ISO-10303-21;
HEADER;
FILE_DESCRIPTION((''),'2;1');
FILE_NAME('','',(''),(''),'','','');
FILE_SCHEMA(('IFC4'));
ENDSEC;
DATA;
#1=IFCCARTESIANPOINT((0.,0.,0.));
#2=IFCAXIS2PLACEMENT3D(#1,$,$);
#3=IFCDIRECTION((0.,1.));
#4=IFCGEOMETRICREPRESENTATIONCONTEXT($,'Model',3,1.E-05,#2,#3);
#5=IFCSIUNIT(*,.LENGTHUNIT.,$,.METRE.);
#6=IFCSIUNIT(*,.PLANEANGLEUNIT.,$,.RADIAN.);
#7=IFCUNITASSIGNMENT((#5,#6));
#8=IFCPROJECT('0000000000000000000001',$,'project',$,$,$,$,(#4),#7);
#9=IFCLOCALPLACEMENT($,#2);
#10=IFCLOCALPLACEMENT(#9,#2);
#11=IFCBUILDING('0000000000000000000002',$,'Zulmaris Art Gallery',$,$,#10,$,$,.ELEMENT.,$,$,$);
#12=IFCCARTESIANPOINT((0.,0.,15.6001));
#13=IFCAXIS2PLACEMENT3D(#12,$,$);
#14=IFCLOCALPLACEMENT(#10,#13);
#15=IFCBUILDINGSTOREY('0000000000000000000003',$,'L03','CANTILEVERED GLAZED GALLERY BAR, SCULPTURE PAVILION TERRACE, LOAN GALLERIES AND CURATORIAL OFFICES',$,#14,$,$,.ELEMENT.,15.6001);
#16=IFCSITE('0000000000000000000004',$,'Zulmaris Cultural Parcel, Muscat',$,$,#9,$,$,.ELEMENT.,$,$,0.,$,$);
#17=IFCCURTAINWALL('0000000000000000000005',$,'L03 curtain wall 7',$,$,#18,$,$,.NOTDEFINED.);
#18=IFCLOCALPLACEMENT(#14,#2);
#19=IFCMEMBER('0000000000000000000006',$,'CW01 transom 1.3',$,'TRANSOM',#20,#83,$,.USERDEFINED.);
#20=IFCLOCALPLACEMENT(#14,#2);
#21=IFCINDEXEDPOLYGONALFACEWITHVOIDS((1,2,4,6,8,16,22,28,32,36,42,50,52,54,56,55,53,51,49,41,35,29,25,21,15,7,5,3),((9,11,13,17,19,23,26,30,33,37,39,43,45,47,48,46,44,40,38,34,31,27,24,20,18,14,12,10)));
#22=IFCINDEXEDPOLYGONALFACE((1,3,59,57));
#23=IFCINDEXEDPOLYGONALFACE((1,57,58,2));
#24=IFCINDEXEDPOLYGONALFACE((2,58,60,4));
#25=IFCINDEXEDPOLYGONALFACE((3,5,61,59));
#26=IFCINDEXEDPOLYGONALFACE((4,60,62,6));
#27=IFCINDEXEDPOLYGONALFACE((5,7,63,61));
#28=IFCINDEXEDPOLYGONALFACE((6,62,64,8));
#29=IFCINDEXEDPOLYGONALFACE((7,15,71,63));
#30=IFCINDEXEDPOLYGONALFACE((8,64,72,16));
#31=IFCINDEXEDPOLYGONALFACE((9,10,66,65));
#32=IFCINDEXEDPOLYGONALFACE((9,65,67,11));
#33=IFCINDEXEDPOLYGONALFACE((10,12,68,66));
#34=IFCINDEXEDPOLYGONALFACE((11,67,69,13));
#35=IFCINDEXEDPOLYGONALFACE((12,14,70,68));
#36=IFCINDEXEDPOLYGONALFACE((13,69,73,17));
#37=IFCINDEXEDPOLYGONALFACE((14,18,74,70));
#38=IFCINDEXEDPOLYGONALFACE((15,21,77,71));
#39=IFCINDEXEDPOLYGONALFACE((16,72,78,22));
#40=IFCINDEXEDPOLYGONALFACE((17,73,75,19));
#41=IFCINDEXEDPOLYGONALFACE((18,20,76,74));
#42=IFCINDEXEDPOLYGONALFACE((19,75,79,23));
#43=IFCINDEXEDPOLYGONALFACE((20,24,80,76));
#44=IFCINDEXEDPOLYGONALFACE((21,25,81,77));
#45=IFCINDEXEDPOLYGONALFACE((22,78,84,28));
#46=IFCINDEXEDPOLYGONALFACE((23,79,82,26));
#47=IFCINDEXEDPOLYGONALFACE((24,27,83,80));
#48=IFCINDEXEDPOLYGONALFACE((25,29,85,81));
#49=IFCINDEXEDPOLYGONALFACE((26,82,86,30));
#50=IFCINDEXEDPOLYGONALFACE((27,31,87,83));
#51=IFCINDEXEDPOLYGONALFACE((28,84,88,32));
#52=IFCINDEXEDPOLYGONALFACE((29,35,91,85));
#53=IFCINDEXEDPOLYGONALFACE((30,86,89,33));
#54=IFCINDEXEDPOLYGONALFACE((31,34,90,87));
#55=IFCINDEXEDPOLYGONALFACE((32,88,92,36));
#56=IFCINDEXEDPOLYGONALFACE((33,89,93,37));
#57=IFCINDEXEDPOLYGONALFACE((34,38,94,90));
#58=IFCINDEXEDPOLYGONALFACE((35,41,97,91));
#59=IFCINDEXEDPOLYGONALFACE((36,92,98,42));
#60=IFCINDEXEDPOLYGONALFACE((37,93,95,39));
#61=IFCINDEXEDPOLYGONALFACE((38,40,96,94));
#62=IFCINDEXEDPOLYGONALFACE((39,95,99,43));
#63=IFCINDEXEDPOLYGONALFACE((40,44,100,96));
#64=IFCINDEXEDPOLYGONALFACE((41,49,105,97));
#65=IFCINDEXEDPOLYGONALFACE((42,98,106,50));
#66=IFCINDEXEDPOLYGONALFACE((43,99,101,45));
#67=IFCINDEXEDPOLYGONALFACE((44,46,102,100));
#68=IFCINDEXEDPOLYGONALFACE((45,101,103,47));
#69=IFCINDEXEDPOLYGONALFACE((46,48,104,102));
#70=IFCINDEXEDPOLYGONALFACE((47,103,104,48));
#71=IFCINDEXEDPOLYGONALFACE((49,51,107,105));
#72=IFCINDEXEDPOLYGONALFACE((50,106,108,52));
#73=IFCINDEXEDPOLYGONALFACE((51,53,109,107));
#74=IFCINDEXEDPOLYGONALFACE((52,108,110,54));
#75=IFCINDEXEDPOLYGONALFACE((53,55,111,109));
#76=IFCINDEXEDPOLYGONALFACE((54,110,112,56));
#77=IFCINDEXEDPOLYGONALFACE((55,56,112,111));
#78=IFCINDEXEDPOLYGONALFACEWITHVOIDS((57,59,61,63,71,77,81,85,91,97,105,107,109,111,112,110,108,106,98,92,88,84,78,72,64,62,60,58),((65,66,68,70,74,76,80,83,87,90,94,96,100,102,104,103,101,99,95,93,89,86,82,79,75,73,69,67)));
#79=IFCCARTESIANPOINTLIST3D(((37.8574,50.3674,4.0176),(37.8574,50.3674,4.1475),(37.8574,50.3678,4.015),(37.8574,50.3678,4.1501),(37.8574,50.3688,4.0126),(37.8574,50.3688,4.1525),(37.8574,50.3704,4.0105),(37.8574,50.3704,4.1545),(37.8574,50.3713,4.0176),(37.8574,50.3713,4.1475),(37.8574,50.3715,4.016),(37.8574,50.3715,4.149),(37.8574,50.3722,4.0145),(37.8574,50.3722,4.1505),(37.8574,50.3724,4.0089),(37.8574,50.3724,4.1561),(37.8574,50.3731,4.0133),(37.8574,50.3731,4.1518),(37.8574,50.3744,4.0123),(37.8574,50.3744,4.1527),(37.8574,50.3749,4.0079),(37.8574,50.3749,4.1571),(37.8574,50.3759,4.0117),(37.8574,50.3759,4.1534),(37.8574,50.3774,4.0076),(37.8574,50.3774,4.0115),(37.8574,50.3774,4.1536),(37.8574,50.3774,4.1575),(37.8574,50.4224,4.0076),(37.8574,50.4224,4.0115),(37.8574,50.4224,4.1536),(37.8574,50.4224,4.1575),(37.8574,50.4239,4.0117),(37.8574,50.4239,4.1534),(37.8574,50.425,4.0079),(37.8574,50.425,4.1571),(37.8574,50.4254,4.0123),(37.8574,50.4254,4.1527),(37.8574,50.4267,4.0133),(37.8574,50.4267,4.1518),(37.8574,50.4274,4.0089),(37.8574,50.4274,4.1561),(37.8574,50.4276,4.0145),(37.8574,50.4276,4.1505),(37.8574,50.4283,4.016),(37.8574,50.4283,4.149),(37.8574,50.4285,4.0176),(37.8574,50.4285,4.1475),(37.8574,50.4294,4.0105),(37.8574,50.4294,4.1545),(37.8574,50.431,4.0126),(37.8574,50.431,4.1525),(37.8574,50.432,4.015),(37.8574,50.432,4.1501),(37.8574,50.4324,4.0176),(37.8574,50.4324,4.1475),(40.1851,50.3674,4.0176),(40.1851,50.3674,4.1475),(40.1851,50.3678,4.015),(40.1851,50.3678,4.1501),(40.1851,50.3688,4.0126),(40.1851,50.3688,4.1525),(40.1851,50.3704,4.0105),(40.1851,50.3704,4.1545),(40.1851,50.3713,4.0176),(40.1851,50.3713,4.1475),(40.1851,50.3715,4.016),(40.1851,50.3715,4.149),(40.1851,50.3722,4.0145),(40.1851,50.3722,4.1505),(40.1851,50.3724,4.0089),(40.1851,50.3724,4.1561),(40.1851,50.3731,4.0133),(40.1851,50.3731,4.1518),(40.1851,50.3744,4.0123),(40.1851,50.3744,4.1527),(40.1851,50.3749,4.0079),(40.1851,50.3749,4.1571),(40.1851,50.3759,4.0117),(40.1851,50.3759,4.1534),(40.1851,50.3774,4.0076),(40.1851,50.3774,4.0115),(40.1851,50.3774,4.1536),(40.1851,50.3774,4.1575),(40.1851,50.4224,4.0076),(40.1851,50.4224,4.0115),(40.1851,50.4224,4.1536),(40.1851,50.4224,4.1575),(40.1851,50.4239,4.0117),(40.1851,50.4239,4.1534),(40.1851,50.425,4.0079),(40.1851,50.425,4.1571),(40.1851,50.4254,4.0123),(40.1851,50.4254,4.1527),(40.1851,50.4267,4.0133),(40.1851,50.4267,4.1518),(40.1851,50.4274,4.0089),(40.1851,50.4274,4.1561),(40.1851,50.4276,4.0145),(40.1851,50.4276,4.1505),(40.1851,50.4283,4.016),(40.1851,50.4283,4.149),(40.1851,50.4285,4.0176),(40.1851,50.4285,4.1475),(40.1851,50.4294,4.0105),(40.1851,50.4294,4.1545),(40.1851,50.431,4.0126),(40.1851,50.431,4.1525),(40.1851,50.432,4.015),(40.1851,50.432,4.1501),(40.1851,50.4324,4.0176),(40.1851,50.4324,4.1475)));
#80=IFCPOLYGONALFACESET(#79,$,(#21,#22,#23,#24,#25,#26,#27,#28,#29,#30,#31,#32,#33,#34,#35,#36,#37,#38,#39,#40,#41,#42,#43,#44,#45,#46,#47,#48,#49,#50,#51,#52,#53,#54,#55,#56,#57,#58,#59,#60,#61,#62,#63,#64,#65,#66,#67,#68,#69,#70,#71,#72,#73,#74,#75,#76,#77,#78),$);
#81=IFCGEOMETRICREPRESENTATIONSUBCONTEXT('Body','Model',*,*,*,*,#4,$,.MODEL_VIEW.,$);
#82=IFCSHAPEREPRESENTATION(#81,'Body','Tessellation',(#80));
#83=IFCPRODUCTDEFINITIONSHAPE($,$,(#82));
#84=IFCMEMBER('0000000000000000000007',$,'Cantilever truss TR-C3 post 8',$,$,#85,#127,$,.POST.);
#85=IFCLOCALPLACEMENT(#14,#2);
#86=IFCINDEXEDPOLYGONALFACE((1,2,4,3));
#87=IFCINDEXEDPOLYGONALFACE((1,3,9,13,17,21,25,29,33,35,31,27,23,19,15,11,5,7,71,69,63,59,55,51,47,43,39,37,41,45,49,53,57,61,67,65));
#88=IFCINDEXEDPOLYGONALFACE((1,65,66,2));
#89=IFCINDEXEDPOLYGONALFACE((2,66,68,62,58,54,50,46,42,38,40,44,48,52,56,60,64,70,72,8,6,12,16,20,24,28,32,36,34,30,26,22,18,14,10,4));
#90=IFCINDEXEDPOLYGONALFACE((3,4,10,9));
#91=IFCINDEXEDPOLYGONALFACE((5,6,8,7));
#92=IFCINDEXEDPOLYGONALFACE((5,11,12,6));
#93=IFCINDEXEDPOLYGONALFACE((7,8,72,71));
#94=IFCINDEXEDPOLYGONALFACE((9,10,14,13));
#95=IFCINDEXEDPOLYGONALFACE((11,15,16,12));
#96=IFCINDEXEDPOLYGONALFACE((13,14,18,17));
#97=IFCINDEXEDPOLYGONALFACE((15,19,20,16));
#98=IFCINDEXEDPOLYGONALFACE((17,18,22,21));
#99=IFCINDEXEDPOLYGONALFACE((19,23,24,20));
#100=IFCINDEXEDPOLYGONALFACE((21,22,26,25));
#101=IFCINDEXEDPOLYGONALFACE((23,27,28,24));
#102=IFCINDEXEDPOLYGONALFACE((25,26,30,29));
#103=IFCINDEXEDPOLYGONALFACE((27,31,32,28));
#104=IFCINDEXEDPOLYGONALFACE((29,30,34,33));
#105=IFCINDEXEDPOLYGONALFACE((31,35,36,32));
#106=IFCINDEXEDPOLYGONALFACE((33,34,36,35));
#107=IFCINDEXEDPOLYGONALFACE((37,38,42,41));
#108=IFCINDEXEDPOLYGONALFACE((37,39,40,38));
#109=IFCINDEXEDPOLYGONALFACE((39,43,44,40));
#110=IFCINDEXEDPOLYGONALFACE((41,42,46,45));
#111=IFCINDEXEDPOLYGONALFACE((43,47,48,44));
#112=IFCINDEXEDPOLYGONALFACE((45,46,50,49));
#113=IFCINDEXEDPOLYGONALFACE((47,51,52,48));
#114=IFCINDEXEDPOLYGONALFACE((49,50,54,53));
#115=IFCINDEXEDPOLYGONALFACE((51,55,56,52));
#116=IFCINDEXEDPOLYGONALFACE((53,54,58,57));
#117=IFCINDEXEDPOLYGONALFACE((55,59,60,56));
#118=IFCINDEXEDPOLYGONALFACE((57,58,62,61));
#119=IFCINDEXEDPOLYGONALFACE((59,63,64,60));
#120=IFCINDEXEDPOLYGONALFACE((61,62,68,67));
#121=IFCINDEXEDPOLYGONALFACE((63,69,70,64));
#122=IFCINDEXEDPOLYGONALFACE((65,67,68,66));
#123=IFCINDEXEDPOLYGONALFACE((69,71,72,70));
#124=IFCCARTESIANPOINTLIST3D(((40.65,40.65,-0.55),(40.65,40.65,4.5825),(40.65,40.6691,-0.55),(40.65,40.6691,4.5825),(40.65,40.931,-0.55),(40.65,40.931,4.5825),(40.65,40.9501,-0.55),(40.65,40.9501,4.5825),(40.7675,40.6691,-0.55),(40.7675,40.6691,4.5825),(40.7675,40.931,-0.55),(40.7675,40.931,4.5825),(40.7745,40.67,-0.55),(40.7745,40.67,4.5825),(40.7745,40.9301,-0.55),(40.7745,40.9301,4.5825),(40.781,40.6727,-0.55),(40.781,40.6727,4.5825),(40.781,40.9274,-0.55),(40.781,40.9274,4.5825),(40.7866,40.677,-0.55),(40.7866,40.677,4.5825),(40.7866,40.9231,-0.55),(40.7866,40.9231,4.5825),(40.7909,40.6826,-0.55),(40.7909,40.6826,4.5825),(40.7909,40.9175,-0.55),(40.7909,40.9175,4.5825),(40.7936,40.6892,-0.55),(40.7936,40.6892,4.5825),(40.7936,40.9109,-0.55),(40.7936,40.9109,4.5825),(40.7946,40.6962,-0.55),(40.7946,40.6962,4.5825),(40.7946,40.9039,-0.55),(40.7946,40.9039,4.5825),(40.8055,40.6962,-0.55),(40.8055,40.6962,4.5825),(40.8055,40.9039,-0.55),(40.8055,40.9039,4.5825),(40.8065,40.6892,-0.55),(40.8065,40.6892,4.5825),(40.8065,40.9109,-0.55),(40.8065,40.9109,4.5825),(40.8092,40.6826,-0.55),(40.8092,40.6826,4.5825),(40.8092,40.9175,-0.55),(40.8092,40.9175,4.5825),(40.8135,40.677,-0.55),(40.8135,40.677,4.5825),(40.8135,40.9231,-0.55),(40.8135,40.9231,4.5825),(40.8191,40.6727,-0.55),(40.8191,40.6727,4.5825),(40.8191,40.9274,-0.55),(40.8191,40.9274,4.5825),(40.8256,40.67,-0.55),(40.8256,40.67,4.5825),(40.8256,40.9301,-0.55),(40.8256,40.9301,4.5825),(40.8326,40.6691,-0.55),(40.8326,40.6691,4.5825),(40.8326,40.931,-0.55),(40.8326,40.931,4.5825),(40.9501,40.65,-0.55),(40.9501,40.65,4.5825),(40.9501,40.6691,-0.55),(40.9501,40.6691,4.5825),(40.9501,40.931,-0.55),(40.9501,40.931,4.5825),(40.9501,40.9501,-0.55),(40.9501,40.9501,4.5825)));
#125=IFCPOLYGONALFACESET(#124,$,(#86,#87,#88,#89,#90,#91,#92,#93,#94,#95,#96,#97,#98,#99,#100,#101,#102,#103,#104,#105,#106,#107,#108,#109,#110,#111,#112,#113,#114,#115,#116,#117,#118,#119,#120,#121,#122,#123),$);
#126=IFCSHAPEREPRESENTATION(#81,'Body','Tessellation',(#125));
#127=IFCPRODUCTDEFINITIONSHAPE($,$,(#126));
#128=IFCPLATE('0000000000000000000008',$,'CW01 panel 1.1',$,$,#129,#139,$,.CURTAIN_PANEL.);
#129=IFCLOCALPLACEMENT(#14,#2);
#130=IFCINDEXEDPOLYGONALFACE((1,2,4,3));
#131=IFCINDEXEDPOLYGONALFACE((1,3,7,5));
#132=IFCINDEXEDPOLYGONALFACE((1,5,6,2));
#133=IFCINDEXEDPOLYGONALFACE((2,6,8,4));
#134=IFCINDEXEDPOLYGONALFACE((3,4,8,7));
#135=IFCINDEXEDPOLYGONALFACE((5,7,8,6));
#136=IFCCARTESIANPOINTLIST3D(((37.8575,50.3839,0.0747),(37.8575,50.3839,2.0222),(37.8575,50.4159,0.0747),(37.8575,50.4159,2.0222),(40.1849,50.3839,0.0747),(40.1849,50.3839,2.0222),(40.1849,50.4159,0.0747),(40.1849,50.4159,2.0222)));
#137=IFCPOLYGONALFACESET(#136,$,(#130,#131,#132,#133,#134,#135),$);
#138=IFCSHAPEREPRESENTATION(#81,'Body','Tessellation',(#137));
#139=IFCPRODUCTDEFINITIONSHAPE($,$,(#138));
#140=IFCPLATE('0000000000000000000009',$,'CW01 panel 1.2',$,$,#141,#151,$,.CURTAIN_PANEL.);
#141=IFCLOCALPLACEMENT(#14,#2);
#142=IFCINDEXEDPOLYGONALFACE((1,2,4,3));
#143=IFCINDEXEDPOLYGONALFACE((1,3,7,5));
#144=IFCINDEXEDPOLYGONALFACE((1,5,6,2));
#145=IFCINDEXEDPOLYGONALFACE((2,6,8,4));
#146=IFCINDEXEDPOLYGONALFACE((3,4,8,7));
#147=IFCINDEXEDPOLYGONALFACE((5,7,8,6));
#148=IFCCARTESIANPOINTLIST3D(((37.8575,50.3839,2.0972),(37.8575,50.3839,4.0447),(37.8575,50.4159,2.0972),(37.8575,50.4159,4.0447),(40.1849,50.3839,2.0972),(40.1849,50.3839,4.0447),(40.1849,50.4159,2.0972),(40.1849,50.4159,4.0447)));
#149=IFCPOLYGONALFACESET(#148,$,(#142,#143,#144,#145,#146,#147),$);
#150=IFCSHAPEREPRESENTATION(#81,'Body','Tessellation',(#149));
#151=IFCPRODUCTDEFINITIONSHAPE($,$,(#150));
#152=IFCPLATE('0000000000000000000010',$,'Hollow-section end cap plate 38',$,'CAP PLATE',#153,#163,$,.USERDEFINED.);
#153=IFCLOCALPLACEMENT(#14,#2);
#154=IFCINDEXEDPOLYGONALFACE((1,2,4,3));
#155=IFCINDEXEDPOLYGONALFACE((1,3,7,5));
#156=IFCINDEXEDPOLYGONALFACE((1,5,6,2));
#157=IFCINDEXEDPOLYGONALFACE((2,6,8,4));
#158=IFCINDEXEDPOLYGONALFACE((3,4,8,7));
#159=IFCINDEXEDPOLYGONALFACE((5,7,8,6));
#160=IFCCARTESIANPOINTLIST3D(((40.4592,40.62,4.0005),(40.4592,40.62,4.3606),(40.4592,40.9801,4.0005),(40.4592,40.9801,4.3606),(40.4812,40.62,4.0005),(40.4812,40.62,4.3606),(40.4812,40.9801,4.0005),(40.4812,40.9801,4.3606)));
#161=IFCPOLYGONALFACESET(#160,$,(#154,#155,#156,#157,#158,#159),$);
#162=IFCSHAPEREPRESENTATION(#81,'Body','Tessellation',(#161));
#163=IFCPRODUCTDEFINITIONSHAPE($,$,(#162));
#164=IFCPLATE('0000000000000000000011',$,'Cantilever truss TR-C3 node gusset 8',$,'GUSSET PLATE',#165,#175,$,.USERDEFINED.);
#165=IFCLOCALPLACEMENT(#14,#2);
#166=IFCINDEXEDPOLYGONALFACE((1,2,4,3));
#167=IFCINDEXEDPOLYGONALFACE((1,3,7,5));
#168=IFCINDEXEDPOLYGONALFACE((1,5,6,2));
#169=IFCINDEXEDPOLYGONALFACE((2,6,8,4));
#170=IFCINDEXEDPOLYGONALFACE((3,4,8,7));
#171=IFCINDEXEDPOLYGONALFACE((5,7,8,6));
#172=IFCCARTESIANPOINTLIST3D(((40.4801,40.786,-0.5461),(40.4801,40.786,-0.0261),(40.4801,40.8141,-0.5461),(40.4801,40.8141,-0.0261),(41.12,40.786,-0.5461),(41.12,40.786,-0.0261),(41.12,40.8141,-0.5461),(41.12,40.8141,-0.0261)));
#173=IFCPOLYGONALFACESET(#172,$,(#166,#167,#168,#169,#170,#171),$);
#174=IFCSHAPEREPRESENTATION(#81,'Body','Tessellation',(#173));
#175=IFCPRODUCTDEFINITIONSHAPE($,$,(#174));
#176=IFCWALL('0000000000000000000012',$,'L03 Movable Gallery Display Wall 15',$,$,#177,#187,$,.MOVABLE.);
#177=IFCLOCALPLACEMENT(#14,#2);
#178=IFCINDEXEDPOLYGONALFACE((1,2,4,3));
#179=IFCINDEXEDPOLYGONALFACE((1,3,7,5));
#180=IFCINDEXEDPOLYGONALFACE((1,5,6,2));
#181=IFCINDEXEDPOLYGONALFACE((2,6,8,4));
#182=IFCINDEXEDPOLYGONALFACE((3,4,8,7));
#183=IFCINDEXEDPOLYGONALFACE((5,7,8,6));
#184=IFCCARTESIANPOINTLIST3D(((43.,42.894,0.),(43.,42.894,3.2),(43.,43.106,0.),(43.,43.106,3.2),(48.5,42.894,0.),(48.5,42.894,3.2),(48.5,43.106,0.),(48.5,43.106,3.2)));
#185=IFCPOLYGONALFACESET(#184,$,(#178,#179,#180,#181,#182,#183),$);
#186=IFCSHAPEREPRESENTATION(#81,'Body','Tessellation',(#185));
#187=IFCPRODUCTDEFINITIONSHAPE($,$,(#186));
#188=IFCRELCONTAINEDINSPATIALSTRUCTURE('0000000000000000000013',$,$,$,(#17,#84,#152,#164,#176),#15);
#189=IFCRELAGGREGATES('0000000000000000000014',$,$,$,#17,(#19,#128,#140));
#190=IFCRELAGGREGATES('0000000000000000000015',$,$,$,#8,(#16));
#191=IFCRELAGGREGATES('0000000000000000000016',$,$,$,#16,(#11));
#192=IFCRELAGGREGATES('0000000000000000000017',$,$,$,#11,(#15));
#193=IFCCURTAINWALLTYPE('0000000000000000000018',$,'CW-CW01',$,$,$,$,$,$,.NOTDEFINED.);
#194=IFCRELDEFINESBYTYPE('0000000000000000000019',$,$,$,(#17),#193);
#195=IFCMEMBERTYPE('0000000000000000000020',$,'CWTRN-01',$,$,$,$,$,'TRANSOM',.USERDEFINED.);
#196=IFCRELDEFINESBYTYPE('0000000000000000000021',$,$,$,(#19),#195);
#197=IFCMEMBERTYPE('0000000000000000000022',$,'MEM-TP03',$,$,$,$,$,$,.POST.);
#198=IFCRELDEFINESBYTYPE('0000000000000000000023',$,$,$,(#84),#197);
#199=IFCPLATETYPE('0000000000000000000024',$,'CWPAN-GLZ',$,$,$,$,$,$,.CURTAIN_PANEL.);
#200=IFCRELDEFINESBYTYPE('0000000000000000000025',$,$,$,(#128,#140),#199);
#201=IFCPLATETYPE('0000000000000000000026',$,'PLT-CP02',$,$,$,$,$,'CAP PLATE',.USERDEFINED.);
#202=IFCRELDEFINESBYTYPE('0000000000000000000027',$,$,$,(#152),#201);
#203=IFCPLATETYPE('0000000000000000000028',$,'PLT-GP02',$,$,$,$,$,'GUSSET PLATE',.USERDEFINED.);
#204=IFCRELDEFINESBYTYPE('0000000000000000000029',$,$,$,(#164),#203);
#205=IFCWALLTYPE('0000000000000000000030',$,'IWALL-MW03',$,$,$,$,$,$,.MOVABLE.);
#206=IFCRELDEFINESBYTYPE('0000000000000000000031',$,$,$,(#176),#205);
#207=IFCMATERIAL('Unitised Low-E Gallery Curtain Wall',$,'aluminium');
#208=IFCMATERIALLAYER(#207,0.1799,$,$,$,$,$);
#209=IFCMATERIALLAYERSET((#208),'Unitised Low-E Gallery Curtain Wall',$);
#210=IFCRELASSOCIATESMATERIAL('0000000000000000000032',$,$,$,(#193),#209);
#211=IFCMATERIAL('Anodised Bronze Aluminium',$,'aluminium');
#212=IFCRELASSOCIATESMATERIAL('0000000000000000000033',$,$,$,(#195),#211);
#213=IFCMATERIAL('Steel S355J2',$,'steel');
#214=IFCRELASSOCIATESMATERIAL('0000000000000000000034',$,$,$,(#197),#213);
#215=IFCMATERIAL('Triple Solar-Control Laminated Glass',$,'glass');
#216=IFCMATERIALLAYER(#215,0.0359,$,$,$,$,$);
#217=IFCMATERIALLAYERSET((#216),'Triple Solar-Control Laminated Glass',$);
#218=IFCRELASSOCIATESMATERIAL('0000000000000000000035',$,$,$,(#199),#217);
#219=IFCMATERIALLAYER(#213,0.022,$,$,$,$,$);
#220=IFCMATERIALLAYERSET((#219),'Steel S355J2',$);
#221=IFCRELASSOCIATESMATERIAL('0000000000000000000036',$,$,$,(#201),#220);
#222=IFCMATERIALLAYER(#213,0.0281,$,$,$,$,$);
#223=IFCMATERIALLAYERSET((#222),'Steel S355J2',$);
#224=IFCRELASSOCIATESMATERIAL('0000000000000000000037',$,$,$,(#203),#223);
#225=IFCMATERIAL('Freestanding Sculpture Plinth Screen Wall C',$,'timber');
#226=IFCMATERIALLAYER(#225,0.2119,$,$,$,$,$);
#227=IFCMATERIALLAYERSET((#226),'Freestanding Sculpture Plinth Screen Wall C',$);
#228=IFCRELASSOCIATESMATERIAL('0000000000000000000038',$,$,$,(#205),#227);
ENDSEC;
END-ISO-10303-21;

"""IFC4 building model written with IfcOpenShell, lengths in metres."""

from ifc_helpers import new_model, si_unit, direction, frame, frame_2d, origin, origin_2d, place, context, subcontext, project, spatial, rectangle, hollow_rectangle, i_section, extrude, material, layer, layer_set, material_profile, profile_set, type_object, element, aggregate, save


model = new_model("IFC4")

# Units and contexts
model_context = context("Model", 3, precision=1e-05, world=origin(), true_north=direction((0.0, 1.0)))
body_context = subcontext(model_context, "Body", "Model", "MODEL_VIEW")
ifc_project = project(units=[si_unit("LENGTHUNIT", "METRE"), si_unit("PLANEANGLEUNIT", "RADIAN")], contexts=[model_context])

# Site, building, storey
site_placement = place(None, origin())
site = spatial("IfcSite", under=ifc_project, at=site_placement, Name="Zulmaris Cultural Parcel, Muscat", CompositionType="ELEMENT", RefElevation=0.0)
building_placement = place(site_placement, origin())
building = spatial("IfcBuilding", under=site, at=building_placement, Name="Zulmaris Art Gallery", CompositionType="ELEMENT")
storey_placement = place(building_placement, frame((0.0, 0.0, 15.6001)))
storey = spatial("IfcBuildingStorey", under=building, at=storey_placement, Name="L03", Description="CANTILEVERED GLAZED GALLERY BAR, SCULPTURE PAVILION TERRACE, LOAN GALLERIES AND CURATORIAL OFFICES", CompositionType="ELEMENT", Elevation=15.6001)

# Shared definitions
ifc_material_1 = material(Name="Steel S355J2", Category="steel")

# Curtain wall, member
ifc_material_2 = material(Name="Unitised Low-E Gallery Curtain Wall", Category="aluminium")
ifc_layer_1 = layer(ifc_material_2, 0.1799)
ifc_layer_set_1 = layer_set([ifc_layer_1], Name="Unitised Low-E Gallery Curtain Wall")
curtain_wall_type = type_object("IfcCurtainWallType", Name="CW-CW01", PredefinedType="NOTDEFINED", material=ifc_layer_set_1)
curtain_wall_placement = place(storey_placement, origin())
curtain_wall = element("IfcCurtainWall", 1, at=curtain_wall_placement, inside=storey, type_object=curtain_wall_type, Name="L03 curtain wall 7", PredefinedType="NOTDEFINED")
ifc_material_3 = material(Name="Anodised Bronze Aluminium", Category="aluminium")
ifc_material_profile_1 = material_profile(ifc_material_3, hollow_rectangle(XDim=0.0649, YDim=0.1499, WallThickness=0.0039, InnerFilletRadius=0.0061, OuterFilletRadius=0.01, at=origin_2d()), Name="ALU 65x150x4")
ifc_profile_set_1 = profile_set([ifc_material_profile_1], Name="Anodised Bronze Aluminium")
member_type_1 = type_object("IfcMemberType", Name="CWTRN-01", ElementType="TRANSOM", PredefinedType="USERDEFINED", material=ifc_profile_set_1)
member_1_placement = place(storey_placement, frame((40.1851, 50.3999, 4.0825), z_axis=(-1.0, 0.0, 0.0), x_axis=(0.0, -1.0, 0.0)))
member_1 = element("IfcMember", 2, at=member_1_placement, type_object=member_type_1, Name="CW01 transom 1.3", ObjectType="TRANSOM", PredefinedType="USERDEFINED", context=body_context, shape_type="SweptSolid", body=[
    extrude(hollow_rectangle(XDim=0.0649, YDim=0.1499, WallThickness=0.0039, InnerFilletRadius=0.0061, OuterFilletRadius=0.01, at=origin_2d()), origin(), (0.0, 0.0, 1.0), 2.3276),
])

# Member
ifc_material_profile_2 = material_profile(ifc_material_1, i_section(OverallWidth=0.3, OverallDepth=0.3, WebThickness=0.011, FlangeThickness=0.019, FilletRadius=0.0271, at=origin_2d()), Name="HEB 300")
ifc_profile_set_2 = profile_set([ifc_material_profile_2], Name="Steel S355J2")
member_type_2 = type_object("IfcMemberType", Name="MEM-TP03", PredefinedType="POST", material=ifc_profile_set_2)
member_2_placement = place(storey_placement, frame((40.8, 40.8, -0.55), z_axis=(0.0, 0.0, 1.0), x_axis=(1.0, 0.0, 0.0)))
element("IfcMember", 3, at=member_2_placement, inside=storey, type_object=member_type_2, Name="Cantilever truss TR-C3 post 8", PredefinedType="POST", context=body_context, shape_type="SweptSolid", body=[
    extrude(i_section(OverallWidth=0.3, OverallDepth=0.3, WebThickness=0.011, FlangeThickness=0.019, FilletRadius=0.0271, at=origin_2d()), origin(), (0.0, 0.0, 1.0), 5.1326),
])

# Plates
ifc_material_4 = material(Name="Triple Solar-Control Laminated Glass", Category="glass")
ifc_layer_2 = layer(ifc_material_4, 0.0359)
ifc_layer_set_2 = layer_set([ifc_layer_2], Name="Triple Solar-Control Laminated Glass")
plate_type_1 = type_object("IfcPlateType", Name="CWPAN-GLZ", PredefinedType="CURTAIN_PANEL", material=ifc_layer_set_2)
plate_1_placement = place(storey_placement, frame((39.0212, 50.3999, 0.0747), z_axis=(0.0, 0.0, 1.0), x_axis=(-1.0, 0.0, 0.0)))
plate_1 = element("IfcPlate", 4, at=plate_1_placement, type_object=plate_type_1, Name="CW01 panel 1.1", PredefinedType="CURTAIN_PANEL", context=body_context, shape_type="SweptSolid", body=[
    extrude(rectangle(XDim=2.3274, YDim=0.032, at=origin_2d()), origin(), (0.0, 0.0, 1.0), 1.9475),
])
plate_2_placement = place(storey_placement, frame((39.0212, 50.3999, 2.0972), z_axis=(0.0, 0.0, 1.0), x_axis=(-1.0, 0.0, 0.0)))
plate_2 = element("IfcPlate", 5, at=plate_2_placement, type_object=plate_type_1, Name="CW01 panel 1.2", PredefinedType="CURTAIN_PANEL", context=body_context, shape_type="SweptSolid", body=[
    extrude(rectangle(XDim=2.3274, YDim=0.032, at=origin_2d()), origin(), (0.0, 0.0, 1.0), 1.9475),
])
aggregate(curtain_wall, [member_1, plate_1, plate_2])

# Plates
ifc_layer_3 = layer(ifc_material_1, 0.022)
ifc_layer_set_3 = layer_set([ifc_layer_3], Name="Steel S355J2")
plate_type_2 = type_object("IfcPlateType", Name="PLT-CP02", ElementType="CAP PLATE", PredefinedType="USERDEFINED", material=ifc_layer_set_3)
plate_3_placement = place(storey_placement, frame((40.4702, 40.8, 4.0005), z_axis=(0.0, 0.0, 1.0), x_axis=(1.0, 0.0, 0.0)))
element("IfcPlate", 6, at=plate_3_placement, inside=storey, type_object=plate_type_2, Name="Hollow-section end cap plate 38", ObjectType="CAP PLATE", PredefinedType="USERDEFINED", context=body_context, shape_type="SweptSolid", body=[
    extrude(rectangle(XDim=0.022, YDim=0.3601, at=origin_2d()), origin(), (0.0, 0.0, 1.0), 0.3601),
])
ifc_layer_4 = layer(ifc_material_1, 0.0281)
ifc_layer_set_4 = layer_set([ifc_layer_4], Name="Steel S355J2")
plate_type_3 = type_object("IfcPlateType", Name="PLT-GP02", ElementType="GUSSET PLATE", PredefinedType="USERDEFINED", material=ifc_layer_set_4)
plate_4_placement = place(storey_placement, frame((40.8, 40.8, -0.5461), z_axis=(0.0, 0.0, 1.0), x_axis=(1.0, 0.0, 0.0)))
element("IfcPlate", 7, at=plate_4_placement, inside=storey, type_object=plate_type_3, Name="Cantilever truss TR-C3 node gusset 8", ObjectType="GUSSET PLATE", PredefinedType="USERDEFINED", context=body_context, shape_type="SweptSolid", body=[
    extrude(rectangle(XDim=0.6399, YDim=0.0281, at=origin_2d()), origin(), (0.0, 0.0, 1.0), 0.52),
])

# Wall
ifc_material_5 = material(Name="Freestanding Sculpture Plinth Screen Wall C", Category="timber")
ifc_layer_5 = layer(ifc_material_5, 0.2119)
ifc_layer_set_5 = layer_set([ifc_layer_5], Name="Freestanding Sculpture Plinth Screen Wall C")
wall_type_1 = type_object("IfcWallType", Name="IWALL-MW03", PredefinedType="MOVABLE", material=ifc_layer_set_5)
wall_1_placement = place(storey_placement, frame((43.0, 43.0, 0.0), z_axis=(0.0, 0.0, 1.0), x_axis=(1.0, 0.0, 0.0)))
element("IfcWall", 8, at=wall_1_placement, inside=storey, type_object=wall_type_1, Name="L03 Movable Gallery Display Wall 15", PredefinedType="MOVABLE", context=body_context, shape_type="SweptSolid", body=[
    extrude(rectangle(XDim=5.5, YDim=0.2119, at=frame_2d((2.75, 0.0))), origin(), (0.0, 0.0, 1.0), 3.2),
])

save(model, "model.ifc")
